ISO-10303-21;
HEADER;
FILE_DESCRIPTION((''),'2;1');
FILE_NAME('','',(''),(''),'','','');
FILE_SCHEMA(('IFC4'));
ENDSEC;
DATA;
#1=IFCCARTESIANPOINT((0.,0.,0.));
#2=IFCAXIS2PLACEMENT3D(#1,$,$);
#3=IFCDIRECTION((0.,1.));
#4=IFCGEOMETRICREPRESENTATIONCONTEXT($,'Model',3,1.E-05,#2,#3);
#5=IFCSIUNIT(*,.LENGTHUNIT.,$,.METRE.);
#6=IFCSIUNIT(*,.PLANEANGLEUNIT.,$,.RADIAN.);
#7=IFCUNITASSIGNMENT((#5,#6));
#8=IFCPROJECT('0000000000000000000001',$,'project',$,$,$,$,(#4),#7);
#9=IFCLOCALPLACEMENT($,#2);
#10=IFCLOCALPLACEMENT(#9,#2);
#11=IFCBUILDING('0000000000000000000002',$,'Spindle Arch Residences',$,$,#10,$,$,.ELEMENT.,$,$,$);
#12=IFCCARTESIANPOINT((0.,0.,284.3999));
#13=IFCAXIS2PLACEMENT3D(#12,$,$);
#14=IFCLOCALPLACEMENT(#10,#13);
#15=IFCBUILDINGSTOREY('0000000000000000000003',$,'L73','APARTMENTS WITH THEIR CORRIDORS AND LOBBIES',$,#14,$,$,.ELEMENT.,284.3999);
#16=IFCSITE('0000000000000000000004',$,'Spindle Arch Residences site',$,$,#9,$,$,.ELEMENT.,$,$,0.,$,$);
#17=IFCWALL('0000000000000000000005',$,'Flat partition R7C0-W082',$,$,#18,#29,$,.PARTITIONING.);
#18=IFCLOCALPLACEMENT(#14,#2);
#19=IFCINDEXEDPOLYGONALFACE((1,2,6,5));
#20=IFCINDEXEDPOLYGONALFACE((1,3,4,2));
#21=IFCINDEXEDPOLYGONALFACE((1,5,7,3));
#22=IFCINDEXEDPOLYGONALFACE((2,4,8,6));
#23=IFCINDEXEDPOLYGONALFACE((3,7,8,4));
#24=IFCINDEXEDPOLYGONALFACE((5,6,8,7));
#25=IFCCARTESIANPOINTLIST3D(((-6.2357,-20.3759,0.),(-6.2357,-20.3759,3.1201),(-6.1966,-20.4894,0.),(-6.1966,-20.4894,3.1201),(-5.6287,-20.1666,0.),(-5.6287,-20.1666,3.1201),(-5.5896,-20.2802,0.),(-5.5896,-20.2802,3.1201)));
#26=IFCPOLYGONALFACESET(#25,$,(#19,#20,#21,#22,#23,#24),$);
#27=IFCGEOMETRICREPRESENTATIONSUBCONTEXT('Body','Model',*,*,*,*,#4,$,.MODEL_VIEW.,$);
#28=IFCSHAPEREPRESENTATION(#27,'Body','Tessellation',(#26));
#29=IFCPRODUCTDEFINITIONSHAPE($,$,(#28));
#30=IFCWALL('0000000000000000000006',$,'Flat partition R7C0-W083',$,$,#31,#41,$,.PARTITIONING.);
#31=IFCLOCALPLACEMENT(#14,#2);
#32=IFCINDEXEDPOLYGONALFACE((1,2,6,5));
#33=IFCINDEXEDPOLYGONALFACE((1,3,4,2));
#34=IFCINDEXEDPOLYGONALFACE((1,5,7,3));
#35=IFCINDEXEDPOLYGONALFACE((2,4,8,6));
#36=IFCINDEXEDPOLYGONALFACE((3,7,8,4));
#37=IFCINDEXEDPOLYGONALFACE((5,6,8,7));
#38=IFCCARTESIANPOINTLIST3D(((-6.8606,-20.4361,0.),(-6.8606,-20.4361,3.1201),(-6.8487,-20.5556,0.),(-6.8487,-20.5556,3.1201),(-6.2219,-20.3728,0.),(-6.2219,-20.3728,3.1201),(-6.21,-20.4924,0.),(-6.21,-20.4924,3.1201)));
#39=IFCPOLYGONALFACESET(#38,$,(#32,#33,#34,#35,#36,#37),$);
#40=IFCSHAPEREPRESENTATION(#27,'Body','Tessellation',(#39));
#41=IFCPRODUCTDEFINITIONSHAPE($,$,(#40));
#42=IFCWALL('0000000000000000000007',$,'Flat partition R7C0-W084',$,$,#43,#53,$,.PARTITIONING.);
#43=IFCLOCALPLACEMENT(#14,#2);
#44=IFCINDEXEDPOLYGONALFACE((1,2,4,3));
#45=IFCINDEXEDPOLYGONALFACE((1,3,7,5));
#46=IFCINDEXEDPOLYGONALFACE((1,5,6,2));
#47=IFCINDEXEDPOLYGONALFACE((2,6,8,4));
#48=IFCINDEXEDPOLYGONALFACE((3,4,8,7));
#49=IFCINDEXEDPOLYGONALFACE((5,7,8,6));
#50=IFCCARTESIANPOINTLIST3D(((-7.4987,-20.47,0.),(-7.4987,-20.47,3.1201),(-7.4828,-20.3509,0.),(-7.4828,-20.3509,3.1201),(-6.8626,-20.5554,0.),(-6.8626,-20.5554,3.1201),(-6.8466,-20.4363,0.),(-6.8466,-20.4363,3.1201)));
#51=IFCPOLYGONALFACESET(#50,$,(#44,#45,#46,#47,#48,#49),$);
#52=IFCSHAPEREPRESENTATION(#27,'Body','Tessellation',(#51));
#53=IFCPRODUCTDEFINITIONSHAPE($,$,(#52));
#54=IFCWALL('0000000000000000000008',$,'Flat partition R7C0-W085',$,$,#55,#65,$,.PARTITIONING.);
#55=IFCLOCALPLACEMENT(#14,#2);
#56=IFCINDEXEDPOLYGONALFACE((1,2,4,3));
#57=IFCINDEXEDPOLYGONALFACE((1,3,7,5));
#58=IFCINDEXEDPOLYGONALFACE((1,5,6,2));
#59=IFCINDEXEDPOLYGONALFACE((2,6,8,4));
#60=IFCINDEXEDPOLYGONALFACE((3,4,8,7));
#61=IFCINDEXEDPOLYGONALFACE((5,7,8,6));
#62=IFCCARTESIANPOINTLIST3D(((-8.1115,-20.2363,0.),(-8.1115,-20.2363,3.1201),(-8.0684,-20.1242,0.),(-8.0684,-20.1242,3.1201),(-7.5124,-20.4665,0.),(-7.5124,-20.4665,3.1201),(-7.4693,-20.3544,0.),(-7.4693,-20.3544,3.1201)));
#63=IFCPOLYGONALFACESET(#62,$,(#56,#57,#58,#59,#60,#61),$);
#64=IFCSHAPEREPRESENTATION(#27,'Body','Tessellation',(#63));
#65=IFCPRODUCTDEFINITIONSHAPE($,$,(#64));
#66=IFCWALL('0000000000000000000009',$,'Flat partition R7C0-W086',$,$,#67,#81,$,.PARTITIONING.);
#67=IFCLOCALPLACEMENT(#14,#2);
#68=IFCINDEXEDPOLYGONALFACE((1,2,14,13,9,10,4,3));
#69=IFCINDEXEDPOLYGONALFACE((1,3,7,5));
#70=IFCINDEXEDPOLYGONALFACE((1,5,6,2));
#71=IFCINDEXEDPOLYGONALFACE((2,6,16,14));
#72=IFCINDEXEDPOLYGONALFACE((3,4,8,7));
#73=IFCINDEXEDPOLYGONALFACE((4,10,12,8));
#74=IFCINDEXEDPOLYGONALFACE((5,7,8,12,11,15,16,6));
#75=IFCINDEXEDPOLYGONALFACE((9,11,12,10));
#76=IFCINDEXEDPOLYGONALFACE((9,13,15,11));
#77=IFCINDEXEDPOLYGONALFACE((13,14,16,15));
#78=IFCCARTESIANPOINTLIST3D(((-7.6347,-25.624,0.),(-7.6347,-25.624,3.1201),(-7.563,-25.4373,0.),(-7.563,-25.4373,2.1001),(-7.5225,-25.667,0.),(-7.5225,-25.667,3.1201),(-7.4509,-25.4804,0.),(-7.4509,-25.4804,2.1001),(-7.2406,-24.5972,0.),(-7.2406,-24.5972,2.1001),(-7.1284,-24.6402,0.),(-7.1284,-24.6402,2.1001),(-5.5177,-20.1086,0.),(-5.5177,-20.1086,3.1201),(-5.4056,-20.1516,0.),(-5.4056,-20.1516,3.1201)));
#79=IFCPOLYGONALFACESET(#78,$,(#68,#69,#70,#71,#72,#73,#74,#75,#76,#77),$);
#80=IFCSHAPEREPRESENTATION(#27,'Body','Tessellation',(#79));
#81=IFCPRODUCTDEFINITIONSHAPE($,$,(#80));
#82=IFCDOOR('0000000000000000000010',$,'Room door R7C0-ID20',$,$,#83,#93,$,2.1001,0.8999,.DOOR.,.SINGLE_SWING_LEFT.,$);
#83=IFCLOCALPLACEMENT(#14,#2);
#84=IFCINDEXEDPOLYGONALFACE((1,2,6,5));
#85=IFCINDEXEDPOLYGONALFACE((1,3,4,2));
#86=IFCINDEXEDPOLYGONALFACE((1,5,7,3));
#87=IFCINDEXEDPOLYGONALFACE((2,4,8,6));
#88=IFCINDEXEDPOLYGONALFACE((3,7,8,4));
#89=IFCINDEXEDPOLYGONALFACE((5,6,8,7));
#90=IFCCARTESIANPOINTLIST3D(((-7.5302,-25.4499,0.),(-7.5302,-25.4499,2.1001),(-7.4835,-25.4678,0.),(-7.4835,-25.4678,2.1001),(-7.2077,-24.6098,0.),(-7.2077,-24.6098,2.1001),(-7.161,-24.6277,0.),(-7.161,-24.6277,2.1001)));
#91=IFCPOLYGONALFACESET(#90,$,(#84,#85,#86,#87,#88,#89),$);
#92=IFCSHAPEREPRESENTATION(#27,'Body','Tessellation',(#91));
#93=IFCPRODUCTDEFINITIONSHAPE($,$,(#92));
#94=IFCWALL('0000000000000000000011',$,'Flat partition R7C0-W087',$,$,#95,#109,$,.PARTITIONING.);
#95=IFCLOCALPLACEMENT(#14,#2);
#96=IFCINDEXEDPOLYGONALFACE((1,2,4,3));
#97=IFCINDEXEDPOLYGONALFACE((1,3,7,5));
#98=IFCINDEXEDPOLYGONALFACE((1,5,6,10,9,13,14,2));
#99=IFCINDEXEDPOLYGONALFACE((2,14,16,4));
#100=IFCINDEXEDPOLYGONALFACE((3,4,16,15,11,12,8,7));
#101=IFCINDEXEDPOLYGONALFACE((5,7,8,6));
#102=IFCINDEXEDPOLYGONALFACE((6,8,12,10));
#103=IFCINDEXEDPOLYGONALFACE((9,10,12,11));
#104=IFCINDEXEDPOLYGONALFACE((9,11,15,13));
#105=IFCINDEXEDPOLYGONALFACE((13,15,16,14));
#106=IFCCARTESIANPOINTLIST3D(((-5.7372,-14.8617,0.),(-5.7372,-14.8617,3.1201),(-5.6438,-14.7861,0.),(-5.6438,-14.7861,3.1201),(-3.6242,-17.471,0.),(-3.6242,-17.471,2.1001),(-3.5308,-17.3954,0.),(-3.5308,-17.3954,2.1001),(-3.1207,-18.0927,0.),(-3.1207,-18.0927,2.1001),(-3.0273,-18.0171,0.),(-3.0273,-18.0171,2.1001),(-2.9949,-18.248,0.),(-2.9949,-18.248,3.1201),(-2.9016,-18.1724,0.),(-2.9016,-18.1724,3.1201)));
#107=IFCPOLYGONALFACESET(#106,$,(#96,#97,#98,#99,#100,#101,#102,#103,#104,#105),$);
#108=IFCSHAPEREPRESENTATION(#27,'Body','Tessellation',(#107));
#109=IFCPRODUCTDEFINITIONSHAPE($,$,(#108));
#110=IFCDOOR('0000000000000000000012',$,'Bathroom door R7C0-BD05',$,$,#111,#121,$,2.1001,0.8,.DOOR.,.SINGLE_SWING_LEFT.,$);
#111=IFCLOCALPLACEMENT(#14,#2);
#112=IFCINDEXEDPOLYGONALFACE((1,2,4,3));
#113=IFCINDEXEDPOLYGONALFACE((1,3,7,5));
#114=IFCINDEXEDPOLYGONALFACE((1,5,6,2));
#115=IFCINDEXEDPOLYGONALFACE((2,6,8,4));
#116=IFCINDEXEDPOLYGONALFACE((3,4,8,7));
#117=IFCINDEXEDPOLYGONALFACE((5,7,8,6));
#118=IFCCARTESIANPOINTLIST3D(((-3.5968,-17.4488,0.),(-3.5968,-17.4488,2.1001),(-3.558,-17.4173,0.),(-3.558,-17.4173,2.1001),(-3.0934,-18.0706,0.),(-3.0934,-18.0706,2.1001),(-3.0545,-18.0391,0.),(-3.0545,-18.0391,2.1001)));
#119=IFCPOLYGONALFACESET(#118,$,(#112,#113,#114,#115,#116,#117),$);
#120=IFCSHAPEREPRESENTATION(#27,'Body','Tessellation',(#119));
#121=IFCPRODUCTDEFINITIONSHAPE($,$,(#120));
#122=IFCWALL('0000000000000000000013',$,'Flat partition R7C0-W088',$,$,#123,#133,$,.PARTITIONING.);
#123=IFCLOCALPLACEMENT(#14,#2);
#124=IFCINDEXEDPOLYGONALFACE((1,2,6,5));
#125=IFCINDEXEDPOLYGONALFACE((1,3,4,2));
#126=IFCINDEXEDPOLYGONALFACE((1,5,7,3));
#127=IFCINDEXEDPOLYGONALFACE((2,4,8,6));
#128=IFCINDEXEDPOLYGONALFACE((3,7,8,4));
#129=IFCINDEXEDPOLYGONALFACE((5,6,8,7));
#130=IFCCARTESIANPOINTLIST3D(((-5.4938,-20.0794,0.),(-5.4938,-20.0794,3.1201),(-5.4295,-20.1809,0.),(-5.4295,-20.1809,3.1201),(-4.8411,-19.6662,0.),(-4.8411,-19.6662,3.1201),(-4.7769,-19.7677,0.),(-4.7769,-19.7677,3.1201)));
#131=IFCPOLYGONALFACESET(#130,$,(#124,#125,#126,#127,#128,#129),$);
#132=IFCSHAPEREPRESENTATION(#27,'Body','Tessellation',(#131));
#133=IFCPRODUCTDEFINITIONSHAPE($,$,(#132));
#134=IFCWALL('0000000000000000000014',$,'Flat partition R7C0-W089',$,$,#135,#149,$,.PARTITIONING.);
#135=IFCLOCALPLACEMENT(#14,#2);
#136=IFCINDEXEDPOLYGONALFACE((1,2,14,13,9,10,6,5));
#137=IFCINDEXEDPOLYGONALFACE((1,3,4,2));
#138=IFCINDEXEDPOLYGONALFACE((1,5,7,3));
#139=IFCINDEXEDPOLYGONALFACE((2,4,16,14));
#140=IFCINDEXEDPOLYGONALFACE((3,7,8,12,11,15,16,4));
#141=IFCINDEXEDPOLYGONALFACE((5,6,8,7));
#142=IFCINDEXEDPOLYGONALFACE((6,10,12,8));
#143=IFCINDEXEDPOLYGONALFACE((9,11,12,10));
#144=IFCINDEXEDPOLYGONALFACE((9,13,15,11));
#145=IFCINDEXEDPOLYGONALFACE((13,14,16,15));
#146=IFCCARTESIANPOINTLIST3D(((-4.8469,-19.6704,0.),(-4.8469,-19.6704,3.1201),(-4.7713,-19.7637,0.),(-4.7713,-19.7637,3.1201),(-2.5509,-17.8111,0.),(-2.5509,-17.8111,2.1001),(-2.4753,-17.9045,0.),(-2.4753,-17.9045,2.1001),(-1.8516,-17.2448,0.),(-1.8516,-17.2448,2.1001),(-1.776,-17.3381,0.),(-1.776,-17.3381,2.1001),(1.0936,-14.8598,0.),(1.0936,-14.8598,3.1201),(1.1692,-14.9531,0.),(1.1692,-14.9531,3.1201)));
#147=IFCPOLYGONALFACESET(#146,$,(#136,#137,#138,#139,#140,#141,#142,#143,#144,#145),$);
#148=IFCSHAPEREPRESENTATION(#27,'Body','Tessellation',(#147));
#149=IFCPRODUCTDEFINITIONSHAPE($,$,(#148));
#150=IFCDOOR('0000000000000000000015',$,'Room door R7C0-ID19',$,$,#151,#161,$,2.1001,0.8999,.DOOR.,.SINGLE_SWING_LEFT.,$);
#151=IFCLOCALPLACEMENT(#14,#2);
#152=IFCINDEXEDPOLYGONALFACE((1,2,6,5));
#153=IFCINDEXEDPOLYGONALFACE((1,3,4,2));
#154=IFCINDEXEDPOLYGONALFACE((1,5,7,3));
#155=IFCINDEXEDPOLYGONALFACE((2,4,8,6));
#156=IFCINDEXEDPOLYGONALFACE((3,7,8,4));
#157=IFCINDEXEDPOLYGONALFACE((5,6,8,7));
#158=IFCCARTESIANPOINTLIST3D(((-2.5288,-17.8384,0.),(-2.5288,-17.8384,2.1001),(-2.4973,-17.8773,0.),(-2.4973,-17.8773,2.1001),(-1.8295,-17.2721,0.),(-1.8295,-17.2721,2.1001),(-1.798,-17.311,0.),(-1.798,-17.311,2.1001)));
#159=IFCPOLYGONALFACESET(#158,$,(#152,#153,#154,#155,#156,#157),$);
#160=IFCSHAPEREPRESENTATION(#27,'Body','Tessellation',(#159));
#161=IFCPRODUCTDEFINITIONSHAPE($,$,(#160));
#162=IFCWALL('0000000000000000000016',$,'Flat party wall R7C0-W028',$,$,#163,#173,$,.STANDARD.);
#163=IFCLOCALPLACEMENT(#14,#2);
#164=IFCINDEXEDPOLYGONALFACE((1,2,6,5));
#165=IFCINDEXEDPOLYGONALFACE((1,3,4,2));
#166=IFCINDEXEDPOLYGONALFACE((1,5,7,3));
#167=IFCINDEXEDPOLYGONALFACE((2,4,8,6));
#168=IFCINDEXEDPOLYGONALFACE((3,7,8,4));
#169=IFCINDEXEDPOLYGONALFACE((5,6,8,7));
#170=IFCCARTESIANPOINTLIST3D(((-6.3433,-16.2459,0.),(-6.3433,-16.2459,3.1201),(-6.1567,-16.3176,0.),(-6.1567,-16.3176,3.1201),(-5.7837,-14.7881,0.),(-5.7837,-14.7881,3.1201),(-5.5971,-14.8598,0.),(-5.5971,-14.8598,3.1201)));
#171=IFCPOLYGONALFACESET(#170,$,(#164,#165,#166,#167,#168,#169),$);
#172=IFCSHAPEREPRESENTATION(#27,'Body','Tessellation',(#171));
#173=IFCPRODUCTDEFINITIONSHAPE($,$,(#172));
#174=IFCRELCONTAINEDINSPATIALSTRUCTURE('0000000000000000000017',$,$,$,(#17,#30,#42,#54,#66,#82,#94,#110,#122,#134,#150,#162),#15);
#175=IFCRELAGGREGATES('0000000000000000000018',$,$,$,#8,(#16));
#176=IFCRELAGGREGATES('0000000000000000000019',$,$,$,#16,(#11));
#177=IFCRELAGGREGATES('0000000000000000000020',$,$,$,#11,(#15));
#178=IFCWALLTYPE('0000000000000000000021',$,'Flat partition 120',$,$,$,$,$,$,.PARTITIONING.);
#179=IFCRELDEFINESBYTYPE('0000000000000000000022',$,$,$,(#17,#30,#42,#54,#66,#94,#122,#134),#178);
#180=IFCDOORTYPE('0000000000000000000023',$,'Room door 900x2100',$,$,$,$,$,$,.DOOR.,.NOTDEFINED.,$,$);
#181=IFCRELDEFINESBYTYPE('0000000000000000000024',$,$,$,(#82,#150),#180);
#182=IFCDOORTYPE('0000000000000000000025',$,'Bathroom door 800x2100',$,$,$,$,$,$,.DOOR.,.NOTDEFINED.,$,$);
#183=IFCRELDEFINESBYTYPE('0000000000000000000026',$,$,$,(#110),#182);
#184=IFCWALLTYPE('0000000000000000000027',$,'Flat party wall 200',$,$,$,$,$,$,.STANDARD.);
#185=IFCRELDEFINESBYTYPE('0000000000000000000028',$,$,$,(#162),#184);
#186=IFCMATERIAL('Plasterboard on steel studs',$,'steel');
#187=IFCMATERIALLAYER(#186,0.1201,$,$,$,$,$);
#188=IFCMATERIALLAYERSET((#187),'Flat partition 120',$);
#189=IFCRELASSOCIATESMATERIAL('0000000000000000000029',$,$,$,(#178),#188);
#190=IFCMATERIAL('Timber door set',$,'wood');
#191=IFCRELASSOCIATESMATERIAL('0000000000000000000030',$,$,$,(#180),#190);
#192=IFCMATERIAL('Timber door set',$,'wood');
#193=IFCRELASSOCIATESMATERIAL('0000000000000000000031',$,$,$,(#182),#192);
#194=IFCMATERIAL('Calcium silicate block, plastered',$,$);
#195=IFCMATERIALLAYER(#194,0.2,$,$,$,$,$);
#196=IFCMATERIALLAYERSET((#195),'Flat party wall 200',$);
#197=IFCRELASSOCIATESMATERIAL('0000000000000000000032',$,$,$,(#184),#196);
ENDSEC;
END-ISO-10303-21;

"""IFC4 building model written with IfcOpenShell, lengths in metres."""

from ifc_helpers import new_model, si_unit, direction, frame, frame_2d, origin, place, context, subcontext, project, spatial, rectangle, extrude, material, layer, layer_set, type_object, element, fill, save


model = new_model("IFC4")

# Units and contexts
model_context = context("Model", 3, precision=1e-05, world=origin(), true_north=direction((0.0, 1.0)))
body_context = subcontext(model_context, "Body", "Model", "MODEL_VIEW")
ifc_project = project(units=[si_unit("LENGTHUNIT", "METRE"), si_unit("PLANEANGLEUNIT", "RADIAN")], contexts=[model_context])

# Site, building, storey
site_placement = place(None, origin())
site = spatial("IfcSite", under=ifc_project, at=site_placement, Name="Spindle Arch Residences site", CompositionType="ELEMENT", RefElevation=0.0)
building_placement = place(site_placement, origin())
building = spatial("IfcBuilding", under=site, at=building_placement, Name="Spindle Arch Residences", CompositionType="ELEMENT")
storey_placement = place(building_placement, frame((0.0, 0.0, 284.3999)))
storey = spatial("IfcBuildingStorey", under=building, at=storey_placement, Name="L73", Description="APARTMENTS WITH THEIR CORRIDORS AND LOBBIES", CompositionType="ELEMENT", Elevation=284.3999)

# Walls
ifc_material_1 = material(Name="Plasterboard on steel studs", Category="steel")
ifc_layer_1 = layer(ifc_material_1, 0.1201)
ifc_layer_set_1 = layer_set([ifc_layer_1], Name="Flat partition 120")
wall_type_1 = type_object("IfcWallType", Name="Flat partition 120", PredefinedType="PARTITIONING", material=ifc_layer_set_1)
wall_1_placement = place(storey_placement, frame((-5.6091, -20.2234, 0.0), z_axis=(0.0, 0.0, 1.0), x_axis=(-0.945401, -0.325909, 0.0)))
element("IfcWall", 1, at=wall_1_placement, inside=storey, type_object=wall_type_1, Name="Flat partition R7C0-W082", PredefinedType="PARTITIONING", context=body_context, shape_type="SweptSolid", body=[
    extrude(rectangle(XDim=0.6421, YDim=0.1201, at=frame_2d((0.321, 0.0))), origin(), (0.0, 0.0, 1.0), 3.1201),
])
for number, where, z_axis, x_axis, name in (
    (2, (-6.2161, -20.4326, 0.0), (0.0, 0.0, 1.0), (-0.995135, -0.098524, 0.0), "Flat partition R7C0-W083"),
    (3, (-6.8547, -20.4958, 0.0), (0.0, 0.0, 1.0), (-0.991101, 0.13311, 0.0), "Flat partition R7C0-W084"),
    (4, (-7.491, -20.4104, 0.0), (0.0, 0.0, 1.0), (-0.933453, 0.358699, 0.0), "Flat partition R7C0-W085"),
):
    element("IfcWall", number, at=place(storey_placement, frame(where, z_axis=z_axis, x_axis=x_axis)), inside=storey, type_object=wall_type_1, Name=name, PredefinedType="PARTITIONING", context=body_context, shape_type="SweptSolid", body=[
        extrude(rectangle(XDim=0.6418, YDim=0.1201, at=frame_2d((0.3208, 0.0))), origin(), (0.0, 0.0, 1.0), 3.1201),
    ])

# Walls, openings, doors
wall_2_placement = place(storey_placement, frame((-7.5786, -25.6455, 0.0), z_axis=(0.0, 0.0, 1.0), x_axis=(0.358337, 0.933592, 0.0)))
wall_2 = element("IfcWall", 5, at=wall_2_placement, inside=storey, type_object=wall_type_1, Name="Flat partition R7C0-W086", PredefinedType="PARTITIONING", context=body_context, shape_type="SweptSolid", body=[
    extrude(rectangle(XDim=5.9077, YDim=0.1201, at=frame_2d((2.9539, 0.0))), origin(), (0.0, 0.0, 1.0), 3.1201),
])
opening_1_placement = place(wall_2_placement, frame((0.2, 0.0, 0.0)))
opening_1 = element("IfcOpeningElement", 6, at=opening_1_placement, cuts=wall_2, PredefinedType="OPENING", context=body_context, shape_type="SweptSolid", body=[
    extrude(rectangle(XDim=0.8999, YDim=2.1001, at=frame_2d((0.45, 1.05))), frame((0.0, 0.0701, 0.0), z_axis=(0.0, -1.0, 0.0), x_axis=(1.0, 0.0, 0.0)), (0.0, 0.0, 1.0), 0.1401),
])
ifc_material_2 = material(Name="Timber door set", Category="wood")
door_type_1 = type_object("IfcDoorType", Name="Room door 900x2100", OperationType="NOTDEFINED", PredefinedType="DOOR", material=ifc_material_2)
door_1_placement = place(opening_1_placement, origin())
door_1 = element("IfcDoor", 7, at=door_1_placement, inside=storey, type_object=door_type_1, Name="Room door R7C0-ID20", OperationType="SINGLE_SWING_LEFT", OverallHeight=2.1001, OverallWidth=0.8999, PredefinedType="DOOR", context=body_context, shape_type="SweptSolid", body=[
    extrude(rectangle(XDim=0.8999, YDim=2.1001, at=frame_2d((0.45, 1.05))), frame((0.0, 0.0249, 0.0), z_axis=(0.0, -1.0, 0.0), x_axis=(1.0, 0.0, 0.0)), (0.0, 0.0, 1.0), 0.05),
])
fill(opening_1, door_1)
wall_3_placement = place(storey_placement, frame((-2.9482, -18.2102, 0.0), z_axis=(0.0, 0.0, 1.0), x_axis=(-0.62933, 0.777138, 0.0)))
wall_3 = element("IfcWall", 8, at=wall_3_placement, inside=storey, type_object=wall_type_1, Name="Flat partition R7C0-W087", PredefinedType="PARTITIONING", context=body_context, shape_type="SweptSolid", body=[
    extrude(rectangle(XDim=4.3574, YDim=0.1201, at=frame_2d((2.1787, 0.0))), origin(), (0.0, 0.0, 1.0), 3.1201),
])
opening_2_placement = place(wall_3_placement, frame((0.2, 0.0, 0.0)))
opening_2 = element("IfcOpeningElement", 9, at=opening_2_placement, cuts=wall_3, PredefinedType="OPENING", context=body_context, shape_type="SweptSolid", body=[
    extrude(rectangle(XDim=0.8, YDim=2.1001, at=frame_2d((0.3999, 1.05))), frame((0.0, 0.0701, 0.0), z_axis=(0.0, -1.0, 0.0), x_axis=(1.0, 0.0, 0.0)), (0.0, 0.0, 1.0), 0.1401),
])
ifc_material_3 = material(Name="Timber door set", Category="wood")
door_type_2 = type_object("IfcDoorType", Name="Bathroom door 800x2100", OperationType="NOTDEFINED", PredefinedType="DOOR", material=ifc_material_3)
door_2_placement = place(opening_2_placement, origin())
door_2 = element("IfcDoor", 10, at=door_2_placement, inside=storey, type_object=door_type_2, Name="Bathroom door R7C0-BD05", OperationType="SINGLE_SWING_LEFT", OverallHeight=2.1001, OverallWidth=0.8, PredefinedType="DOOR", context=body_context, shape_type="SweptSolid", body=[
    extrude(rectangle(XDim=0.8, YDim=2.1001, at=frame_2d((0.3999, 1.05))), frame((0.0, 0.0249, 0.0), z_axis=(0.0, -1.0, 0.0), x_axis=(1.0, 0.0, 0.0)), (0.0, 0.0, 1.0), 0.05),
])
fill(opening_2, door_2)

# Wall
wall_4_placement = place(storey_placement, frame((-5.4617, -20.1301, 0.0), z_axis=(0.0, 0.0, 1.0), x_axis=(0.844948, 0.534849, 0.0)))
element("IfcWall", 11, at=wall_4_placement, inside=storey, type_object=wall_type_1, Name="Flat partition R7C0-W088", PredefinedType="PARTITIONING", context=body_context, shape_type="SweptSolid", body=[
    extrude(rectangle(XDim=0.7725, YDim=0.1201, at=frame_2d((0.3862, 0.0))), origin(), (0.0, 0.0, 1.0), 3.1201),
])

# Wall, opening, door
wall_5_placement = place(storey_placement, frame((-4.8091, -19.717, 0.0), z_axis=(0.0, 0.0, 1.0), x_axis=(0.777141, 0.629327, 0.0)))
wall_5 = element("IfcWall", 12, at=wall_5_placement, inside=storey, type_object=wall_type_1, Name="Flat partition R7C0-W089", PredefinedType="PARTITIONING", context=body_context, shape_type="SweptSolid", body=[
    extrude(rectangle(XDim=7.644, YDim=0.1201, at=frame_2d((3.822, 0.0))), origin(), (0.0, 0.0, 1.0), 3.1201),
])
opening_3_placement = place(wall_5_placement, frame((2.9543, 0.0, 0.0)))
opening_3 = element("IfcOpeningElement", 13, at=opening_3_placement, cuts=wall_5, PredefinedType="OPENING", context=body_context, shape_type="SweptSolid", body=[
    extrude(rectangle(XDim=0.8999, YDim=2.1001, at=frame_2d((0.45, 1.05))), frame((0.0, 0.0701, 0.0), z_axis=(0.0, -1.0, 0.0), x_axis=(1.0, 0.0, 0.0)), (0.0, 0.0, 1.0), 0.1401),
])
door_3_placement = place(opening_3_placement, origin())
door_3 = element("IfcDoor", 14, at=door_3_placement, inside=storey, type_object=door_type_1, Name="Room door R7C0-ID19", OperationType="SINGLE_SWING_LEFT", OverallHeight=2.1001, OverallWidth=0.8999, PredefinedType="DOOR", context=body_context, shape_type="SweptSolid", body=[
    extrude(rectangle(XDim=0.8999, YDim=2.1001, at=frame_2d((0.45, 1.05))), frame((0.0, 0.0249, 0.0), z_axis=(0.0, -1.0, 0.0), x_axis=(1.0, 0.0, 0.0)), (0.0, 0.0, 1.0), 0.05),
])
fill(opening_3, door_3)

# Wall
ifc_material_4 = material(Name="Calcium silicate block, plastered")
ifc_layer_2 = layer(ifc_material_4, 0.2)
ifc_layer_set_2 = layer_set([ifc_layer_2], Name="Flat party wall 200")
wall_type_2 = type_object("IfcWallType", Name="Flat party wall 200", PredefinedType="STANDARD", material=ifc_layer_set_2)
wall_6_placement = place(storey_placement, frame((-6.25, -16.2817, 0.0), z_axis=(0.0, 0.0, 1.0), x_axis=(0.358361, 0.933583, 0.0)))
element("IfcWall", 15, at=wall_6_placement, inside=storey, type_object=wall_type_2, Name="Flat party wall R7C0-W028", PredefinedType="STANDARD", context=body_context, shape_type="SweptSolid", body=[
    extrude(rectangle(XDim=1.5615, YDim=0.2, at=frame_2d((0.7808, 0.0))), origin(), (0.0, 0.0, 1.0), 3.1201),
])

save(model, "model.ifc")
